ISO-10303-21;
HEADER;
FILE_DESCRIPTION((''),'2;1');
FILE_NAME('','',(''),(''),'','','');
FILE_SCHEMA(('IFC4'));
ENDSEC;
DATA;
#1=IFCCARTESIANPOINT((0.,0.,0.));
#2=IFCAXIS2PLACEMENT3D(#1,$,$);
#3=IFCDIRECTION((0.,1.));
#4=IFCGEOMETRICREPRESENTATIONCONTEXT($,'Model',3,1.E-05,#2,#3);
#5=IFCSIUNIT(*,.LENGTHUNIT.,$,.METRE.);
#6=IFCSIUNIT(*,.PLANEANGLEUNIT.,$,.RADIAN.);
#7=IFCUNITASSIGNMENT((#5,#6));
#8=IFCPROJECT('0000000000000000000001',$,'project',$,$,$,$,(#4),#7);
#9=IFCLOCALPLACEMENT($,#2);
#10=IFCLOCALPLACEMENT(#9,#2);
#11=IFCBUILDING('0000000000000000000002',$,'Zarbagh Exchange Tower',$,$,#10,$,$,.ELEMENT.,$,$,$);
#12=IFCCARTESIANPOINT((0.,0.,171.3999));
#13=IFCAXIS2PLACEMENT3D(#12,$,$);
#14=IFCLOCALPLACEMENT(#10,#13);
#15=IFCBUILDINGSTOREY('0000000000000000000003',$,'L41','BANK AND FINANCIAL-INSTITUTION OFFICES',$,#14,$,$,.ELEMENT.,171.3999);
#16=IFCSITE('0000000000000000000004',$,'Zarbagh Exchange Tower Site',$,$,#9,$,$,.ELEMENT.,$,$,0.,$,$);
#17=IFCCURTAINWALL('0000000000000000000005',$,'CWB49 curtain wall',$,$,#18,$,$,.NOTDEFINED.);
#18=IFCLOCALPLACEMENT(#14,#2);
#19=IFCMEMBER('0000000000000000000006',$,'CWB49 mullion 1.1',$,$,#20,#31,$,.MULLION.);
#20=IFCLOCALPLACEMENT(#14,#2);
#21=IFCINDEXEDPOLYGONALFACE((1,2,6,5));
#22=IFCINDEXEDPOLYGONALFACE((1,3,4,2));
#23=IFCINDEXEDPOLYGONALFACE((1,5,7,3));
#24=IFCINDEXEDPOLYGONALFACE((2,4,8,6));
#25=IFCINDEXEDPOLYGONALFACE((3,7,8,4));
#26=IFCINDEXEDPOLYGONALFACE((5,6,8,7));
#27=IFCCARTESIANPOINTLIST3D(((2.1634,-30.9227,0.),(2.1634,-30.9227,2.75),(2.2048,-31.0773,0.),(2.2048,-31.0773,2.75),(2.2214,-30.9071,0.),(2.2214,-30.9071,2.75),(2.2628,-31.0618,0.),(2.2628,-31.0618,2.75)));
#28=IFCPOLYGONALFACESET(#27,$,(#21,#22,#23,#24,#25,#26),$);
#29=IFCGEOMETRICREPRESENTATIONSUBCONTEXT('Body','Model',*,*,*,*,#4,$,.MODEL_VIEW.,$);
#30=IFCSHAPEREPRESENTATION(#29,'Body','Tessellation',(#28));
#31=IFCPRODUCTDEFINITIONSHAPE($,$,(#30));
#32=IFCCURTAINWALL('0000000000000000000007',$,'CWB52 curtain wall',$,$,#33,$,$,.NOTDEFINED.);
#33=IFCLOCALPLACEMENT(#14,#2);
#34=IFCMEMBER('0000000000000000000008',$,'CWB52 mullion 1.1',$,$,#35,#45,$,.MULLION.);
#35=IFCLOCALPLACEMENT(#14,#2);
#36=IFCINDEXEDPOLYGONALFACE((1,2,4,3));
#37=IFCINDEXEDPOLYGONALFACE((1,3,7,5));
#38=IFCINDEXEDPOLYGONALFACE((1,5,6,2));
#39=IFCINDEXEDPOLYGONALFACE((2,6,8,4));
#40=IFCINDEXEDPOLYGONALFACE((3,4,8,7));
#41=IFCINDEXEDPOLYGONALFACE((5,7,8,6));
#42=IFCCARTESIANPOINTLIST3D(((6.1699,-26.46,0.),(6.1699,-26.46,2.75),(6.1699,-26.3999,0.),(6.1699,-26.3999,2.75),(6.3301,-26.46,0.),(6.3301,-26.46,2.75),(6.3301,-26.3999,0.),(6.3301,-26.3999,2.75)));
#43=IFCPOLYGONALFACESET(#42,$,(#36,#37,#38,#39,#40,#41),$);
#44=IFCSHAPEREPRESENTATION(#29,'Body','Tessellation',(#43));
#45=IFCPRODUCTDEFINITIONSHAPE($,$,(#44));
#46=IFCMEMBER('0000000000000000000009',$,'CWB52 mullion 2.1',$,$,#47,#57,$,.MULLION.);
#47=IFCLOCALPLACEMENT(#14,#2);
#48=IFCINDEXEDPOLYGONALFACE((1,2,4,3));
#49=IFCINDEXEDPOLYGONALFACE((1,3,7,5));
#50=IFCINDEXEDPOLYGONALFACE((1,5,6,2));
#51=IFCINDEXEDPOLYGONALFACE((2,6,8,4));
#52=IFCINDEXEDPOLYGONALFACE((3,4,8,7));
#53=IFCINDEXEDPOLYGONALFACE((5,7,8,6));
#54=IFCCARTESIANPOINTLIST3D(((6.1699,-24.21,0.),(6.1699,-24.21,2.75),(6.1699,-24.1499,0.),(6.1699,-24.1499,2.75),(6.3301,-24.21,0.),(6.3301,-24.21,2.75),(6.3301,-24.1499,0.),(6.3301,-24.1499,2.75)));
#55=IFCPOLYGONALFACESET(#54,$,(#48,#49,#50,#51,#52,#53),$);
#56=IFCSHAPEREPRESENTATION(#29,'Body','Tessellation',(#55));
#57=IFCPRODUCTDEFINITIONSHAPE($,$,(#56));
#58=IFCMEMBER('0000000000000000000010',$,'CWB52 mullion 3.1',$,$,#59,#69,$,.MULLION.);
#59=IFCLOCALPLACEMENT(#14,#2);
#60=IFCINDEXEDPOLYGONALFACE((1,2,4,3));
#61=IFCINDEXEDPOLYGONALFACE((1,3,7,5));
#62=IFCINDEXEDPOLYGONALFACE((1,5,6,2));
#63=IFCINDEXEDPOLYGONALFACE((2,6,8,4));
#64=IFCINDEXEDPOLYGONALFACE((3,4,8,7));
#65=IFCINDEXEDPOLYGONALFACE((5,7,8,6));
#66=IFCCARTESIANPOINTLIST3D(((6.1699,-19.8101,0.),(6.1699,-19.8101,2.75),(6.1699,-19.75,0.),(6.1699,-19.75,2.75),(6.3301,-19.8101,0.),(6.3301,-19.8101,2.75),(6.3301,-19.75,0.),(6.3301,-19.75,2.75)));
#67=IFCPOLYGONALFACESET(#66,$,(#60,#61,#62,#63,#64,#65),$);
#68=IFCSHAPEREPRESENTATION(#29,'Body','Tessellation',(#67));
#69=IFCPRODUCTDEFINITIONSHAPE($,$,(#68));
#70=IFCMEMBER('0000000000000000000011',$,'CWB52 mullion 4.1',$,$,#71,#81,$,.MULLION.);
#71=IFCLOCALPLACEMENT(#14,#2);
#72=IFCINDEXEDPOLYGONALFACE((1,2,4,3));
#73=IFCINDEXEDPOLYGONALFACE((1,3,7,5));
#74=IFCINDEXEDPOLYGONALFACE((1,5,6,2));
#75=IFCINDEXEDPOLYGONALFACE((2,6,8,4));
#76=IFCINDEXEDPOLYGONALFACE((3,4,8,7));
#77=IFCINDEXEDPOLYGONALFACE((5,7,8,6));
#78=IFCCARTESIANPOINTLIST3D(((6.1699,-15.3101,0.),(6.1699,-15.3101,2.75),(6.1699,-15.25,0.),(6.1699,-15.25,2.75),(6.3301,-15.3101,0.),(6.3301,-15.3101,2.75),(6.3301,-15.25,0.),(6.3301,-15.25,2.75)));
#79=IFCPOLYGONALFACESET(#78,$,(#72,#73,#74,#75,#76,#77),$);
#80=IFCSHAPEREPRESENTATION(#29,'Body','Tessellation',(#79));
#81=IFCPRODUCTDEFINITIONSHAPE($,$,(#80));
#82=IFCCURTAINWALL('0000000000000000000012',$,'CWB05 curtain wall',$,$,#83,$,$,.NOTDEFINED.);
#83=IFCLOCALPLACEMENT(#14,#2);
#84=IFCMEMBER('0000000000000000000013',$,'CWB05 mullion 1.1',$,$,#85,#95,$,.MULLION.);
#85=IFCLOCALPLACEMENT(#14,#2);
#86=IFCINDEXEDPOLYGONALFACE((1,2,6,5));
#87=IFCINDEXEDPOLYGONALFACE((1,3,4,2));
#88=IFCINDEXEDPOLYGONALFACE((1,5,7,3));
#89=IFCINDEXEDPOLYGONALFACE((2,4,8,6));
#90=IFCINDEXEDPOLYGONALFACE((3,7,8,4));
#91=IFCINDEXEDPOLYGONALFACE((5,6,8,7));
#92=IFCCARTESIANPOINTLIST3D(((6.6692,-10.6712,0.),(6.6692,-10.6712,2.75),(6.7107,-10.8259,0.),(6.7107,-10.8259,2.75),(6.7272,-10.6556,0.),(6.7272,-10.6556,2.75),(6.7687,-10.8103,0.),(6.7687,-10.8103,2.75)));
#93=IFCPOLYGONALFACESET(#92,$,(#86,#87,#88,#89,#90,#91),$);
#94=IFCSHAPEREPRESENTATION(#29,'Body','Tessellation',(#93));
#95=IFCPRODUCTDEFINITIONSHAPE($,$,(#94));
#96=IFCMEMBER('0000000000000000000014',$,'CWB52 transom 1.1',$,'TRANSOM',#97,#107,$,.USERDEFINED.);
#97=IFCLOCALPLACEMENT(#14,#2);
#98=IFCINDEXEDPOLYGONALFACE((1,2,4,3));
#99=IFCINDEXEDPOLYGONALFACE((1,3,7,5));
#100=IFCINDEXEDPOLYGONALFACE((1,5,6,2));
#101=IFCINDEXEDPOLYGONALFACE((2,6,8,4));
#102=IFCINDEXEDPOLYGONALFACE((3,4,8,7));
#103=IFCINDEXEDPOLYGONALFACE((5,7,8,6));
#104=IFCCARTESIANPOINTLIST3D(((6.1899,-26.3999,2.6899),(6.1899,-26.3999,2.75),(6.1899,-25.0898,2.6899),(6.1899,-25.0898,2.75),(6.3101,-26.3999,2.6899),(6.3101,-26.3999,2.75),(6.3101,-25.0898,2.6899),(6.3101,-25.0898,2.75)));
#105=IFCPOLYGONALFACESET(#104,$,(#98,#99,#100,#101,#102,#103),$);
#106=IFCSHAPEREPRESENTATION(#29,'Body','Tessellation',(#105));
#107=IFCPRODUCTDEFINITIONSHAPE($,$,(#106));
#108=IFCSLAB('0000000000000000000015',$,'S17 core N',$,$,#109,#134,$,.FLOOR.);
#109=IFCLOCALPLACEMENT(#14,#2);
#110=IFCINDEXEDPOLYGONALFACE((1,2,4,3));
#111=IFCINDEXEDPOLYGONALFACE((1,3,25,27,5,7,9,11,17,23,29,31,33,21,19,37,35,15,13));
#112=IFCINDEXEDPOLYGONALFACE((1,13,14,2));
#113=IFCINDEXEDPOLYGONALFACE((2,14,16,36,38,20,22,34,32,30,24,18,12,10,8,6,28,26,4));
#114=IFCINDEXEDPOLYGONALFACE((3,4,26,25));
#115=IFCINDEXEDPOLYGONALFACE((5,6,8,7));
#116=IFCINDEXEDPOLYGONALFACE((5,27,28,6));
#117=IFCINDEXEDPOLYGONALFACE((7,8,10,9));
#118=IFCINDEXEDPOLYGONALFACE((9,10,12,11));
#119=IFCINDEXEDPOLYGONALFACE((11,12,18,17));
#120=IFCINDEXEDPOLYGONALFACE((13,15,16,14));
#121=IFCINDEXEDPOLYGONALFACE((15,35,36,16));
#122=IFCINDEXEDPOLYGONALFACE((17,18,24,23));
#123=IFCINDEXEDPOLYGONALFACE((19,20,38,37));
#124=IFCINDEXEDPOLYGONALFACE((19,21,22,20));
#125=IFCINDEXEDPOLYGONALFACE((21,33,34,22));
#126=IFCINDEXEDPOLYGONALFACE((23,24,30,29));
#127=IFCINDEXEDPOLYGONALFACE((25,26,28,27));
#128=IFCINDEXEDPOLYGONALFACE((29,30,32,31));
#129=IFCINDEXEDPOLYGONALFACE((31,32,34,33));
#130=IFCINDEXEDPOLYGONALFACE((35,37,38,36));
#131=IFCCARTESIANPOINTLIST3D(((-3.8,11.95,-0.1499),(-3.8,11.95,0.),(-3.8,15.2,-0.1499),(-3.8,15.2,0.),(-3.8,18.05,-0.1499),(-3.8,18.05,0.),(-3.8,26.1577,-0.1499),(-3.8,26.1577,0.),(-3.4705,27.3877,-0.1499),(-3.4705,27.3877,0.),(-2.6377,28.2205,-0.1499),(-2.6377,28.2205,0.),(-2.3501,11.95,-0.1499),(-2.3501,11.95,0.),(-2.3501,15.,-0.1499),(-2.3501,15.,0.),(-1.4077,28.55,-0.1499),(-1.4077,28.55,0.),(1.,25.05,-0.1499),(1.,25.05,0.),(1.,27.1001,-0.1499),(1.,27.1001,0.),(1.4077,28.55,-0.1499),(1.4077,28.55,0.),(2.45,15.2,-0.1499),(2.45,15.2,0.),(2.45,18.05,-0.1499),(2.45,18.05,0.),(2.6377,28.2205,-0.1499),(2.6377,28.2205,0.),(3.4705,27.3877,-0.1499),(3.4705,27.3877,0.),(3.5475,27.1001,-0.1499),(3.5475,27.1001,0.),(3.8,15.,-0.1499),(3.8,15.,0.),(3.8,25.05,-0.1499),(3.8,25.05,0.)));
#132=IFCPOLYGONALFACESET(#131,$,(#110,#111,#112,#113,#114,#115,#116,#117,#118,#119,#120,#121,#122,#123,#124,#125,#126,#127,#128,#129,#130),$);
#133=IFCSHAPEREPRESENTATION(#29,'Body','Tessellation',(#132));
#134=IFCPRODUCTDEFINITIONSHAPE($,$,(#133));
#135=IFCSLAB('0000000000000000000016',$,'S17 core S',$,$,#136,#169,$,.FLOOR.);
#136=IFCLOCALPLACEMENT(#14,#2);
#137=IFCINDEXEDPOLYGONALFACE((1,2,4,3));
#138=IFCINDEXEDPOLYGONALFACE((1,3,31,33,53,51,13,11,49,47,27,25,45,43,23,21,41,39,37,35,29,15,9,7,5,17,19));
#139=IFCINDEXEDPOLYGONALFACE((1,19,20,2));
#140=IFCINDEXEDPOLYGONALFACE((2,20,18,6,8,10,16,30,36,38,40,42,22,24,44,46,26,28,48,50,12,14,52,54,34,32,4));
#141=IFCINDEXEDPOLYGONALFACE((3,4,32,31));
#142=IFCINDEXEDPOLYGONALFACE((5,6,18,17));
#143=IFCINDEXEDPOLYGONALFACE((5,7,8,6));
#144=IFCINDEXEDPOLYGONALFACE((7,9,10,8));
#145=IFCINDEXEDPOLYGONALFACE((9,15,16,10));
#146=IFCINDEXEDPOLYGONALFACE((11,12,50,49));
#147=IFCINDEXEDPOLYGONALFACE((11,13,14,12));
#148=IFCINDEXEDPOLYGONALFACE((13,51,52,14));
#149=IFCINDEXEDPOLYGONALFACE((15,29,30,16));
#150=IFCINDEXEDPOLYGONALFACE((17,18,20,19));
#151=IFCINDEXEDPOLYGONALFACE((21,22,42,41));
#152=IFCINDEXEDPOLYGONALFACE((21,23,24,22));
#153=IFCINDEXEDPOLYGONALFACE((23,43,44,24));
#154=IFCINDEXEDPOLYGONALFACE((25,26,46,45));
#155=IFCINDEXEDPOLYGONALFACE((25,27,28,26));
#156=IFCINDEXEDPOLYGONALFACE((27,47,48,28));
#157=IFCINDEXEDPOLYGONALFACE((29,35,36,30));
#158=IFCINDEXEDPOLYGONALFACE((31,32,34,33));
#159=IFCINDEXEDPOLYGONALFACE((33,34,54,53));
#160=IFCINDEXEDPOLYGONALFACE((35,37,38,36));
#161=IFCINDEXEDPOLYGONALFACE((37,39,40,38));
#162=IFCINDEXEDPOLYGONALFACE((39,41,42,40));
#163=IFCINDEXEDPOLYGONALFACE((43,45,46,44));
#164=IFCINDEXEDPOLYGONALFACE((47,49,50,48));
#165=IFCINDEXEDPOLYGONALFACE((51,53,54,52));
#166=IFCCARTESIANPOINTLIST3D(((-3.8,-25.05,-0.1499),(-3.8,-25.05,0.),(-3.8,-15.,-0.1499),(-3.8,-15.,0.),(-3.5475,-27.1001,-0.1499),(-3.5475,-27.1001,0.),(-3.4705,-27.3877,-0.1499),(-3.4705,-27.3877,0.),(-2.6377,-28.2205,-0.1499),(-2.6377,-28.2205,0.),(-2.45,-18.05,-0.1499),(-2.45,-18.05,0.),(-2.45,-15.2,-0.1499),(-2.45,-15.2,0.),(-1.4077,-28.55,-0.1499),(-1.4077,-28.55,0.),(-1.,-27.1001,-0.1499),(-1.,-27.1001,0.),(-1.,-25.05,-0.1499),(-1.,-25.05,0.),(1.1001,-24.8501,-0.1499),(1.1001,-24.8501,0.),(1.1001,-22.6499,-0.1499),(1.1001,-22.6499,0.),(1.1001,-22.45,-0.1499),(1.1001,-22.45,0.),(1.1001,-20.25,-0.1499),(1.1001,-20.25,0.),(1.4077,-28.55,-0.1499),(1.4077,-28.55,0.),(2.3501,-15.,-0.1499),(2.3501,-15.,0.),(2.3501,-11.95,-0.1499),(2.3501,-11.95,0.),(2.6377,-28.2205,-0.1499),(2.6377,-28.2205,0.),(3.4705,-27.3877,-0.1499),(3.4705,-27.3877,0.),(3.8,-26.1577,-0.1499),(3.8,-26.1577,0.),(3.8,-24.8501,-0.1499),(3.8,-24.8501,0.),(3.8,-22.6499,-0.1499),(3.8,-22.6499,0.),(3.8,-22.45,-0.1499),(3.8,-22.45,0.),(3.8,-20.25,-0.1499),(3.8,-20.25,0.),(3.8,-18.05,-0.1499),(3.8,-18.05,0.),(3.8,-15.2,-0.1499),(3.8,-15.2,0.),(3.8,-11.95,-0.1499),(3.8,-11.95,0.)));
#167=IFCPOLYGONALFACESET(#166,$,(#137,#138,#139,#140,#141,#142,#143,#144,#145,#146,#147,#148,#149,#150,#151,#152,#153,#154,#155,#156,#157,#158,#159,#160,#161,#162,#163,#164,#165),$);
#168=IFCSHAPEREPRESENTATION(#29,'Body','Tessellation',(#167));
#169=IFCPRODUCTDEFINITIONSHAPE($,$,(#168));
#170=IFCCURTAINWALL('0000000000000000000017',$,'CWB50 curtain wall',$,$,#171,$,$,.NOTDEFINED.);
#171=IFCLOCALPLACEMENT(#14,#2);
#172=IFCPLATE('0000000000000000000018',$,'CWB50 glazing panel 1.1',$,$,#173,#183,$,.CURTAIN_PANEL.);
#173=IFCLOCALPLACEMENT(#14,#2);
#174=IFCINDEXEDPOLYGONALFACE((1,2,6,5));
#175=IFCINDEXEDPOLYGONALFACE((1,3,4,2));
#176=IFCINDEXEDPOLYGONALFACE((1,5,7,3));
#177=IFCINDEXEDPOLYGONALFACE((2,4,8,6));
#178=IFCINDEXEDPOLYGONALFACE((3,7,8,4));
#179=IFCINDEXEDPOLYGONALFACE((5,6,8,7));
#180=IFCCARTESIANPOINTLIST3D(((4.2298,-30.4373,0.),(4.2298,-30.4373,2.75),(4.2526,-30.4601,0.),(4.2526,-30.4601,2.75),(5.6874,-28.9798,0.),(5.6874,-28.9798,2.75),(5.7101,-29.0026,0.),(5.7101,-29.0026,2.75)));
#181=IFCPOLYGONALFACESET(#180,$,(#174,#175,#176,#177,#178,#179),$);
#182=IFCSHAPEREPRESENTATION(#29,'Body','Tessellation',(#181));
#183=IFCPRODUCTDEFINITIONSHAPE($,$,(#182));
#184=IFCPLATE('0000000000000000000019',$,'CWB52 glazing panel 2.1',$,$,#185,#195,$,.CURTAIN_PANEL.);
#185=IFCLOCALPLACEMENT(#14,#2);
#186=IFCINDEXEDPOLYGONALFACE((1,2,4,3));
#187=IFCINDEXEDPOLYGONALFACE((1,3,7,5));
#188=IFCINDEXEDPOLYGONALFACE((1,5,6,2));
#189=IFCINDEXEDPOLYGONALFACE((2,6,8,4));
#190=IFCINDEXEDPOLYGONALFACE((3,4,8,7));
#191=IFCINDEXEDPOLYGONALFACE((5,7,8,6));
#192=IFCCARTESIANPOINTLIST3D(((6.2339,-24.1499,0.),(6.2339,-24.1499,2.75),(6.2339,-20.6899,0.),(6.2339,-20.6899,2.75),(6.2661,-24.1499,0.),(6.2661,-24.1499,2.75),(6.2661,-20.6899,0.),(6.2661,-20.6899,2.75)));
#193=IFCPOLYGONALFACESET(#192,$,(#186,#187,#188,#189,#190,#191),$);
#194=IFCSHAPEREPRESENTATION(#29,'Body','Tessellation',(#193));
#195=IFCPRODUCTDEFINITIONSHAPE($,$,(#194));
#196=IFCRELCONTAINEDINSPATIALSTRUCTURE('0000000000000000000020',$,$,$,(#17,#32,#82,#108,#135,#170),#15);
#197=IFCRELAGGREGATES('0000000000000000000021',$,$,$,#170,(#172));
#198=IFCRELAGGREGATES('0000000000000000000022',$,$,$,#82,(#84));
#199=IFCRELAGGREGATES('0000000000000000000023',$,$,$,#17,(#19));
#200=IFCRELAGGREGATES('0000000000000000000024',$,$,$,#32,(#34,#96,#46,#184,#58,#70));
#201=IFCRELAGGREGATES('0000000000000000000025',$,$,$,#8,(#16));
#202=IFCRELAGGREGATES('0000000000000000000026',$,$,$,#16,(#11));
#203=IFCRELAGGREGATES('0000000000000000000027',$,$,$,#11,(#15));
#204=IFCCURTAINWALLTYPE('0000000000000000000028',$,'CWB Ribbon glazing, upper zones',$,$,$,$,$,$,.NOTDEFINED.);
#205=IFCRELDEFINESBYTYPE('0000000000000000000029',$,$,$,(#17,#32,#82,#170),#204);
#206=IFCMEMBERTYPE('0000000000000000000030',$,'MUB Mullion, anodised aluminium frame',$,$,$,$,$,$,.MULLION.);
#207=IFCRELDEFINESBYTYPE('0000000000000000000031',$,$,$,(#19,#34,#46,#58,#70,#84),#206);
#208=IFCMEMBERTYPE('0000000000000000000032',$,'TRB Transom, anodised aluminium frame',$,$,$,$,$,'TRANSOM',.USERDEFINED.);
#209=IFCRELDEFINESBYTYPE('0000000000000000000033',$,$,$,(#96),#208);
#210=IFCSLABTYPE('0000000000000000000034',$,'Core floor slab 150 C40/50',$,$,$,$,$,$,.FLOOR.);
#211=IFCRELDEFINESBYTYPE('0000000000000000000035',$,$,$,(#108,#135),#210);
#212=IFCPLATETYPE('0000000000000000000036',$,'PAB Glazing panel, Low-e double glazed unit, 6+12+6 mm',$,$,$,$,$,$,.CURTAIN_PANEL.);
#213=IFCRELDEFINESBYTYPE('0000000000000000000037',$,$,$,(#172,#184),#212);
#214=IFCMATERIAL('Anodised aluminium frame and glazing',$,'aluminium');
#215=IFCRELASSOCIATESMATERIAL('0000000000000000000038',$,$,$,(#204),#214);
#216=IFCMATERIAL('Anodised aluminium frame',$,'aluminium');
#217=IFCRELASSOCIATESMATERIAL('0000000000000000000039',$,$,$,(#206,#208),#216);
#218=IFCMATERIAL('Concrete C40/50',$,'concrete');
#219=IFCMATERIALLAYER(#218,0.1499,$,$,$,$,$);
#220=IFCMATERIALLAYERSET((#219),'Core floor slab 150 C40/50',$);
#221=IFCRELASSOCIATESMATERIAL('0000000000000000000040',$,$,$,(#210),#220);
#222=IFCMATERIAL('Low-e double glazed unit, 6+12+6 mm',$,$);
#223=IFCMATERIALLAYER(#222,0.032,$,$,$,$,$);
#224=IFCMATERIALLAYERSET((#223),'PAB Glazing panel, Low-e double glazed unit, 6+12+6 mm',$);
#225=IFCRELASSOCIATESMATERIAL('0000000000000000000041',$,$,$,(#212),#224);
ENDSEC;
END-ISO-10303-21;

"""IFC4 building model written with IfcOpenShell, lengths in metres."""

from ifc_helpers import new_model, si_unit, direction, frame, origin, place, context, subcontext, project, spatial, polyline, outline, extrude, source, transform, mapped, material, layer, layer_set, type_object, element, aggregate, save


model = new_model("IFC4")

# Units and contexts
model_context = context("Model", 3, precision=1e-05, world=origin(), true_north=direction((0.0, 1.0)))
body_context = subcontext(model_context, "Body", "Model", "MODEL_VIEW")
ifc_project = project(units=[si_unit("LENGTHUNIT", "METRE"), si_unit("PLANEANGLEUNIT", "RADIAN")], contexts=[model_context])

# Site, building, storey
site_placement = place(None, origin())
site = spatial("IfcSite", under=ifc_project, at=site_placement, Name="Zarbagh Exchange Tower Site", CompositionType="ELEMENT", RefElevation=0.0)
building_placement = place(site_placement, origin())
building = spatial("IfcBuilding", under=site, at=building_placement, Name="Zarbagh Exchange Tower", CompositionType="ELEMENT")
storey_placement = place(building_placement, frame((0.0, 0.0, 171.3999)))
storey = spatial("IfcBuildingStorey", under=building, at=storey_placement, Name="L41", Description="BANK AND FINANCIAL-INSTITUTION OFFICES", CompositionType="ELEMENT", Elevation=171.3999)

# Curtain wall, member
ifc_material_1 = material(Name="Anodised aluminium frame and glazing", Category="aluminium")
curtain_wall_type = type_object("IfcCurtainWallType", Name="CWB Ribbon glazing, upper zones", PredefinedType="NOTDEFINED", material=ifc_material_1)
curtain_wall_1_placement = place(storey_placement, origin())
curtain_wall_1 = element("IfcCurtainWall", 1, at=curtain_wall_1_placement, inside=storey, type_object=curtain_wall_type, Name="CWB49 curtain wall", PredefinedType="NOTDEFINED")
ifc_material_2 = material(Name="Anodised aluminium frame", Category="aluminium")
member_type_1 = type_object("IfcMemberType", Name="MUB Mullion, anodised aluminium frame", PredefinedType="MULLION", material=ifc_material_2)
shared_shape_1 = source(origin(), body_context, "Body", "SweptSolid", [
    extrude(outline(polyline([(0.0, -0.0801), (0.0601, -0.0801), (0.0601, 0.0801), (0.0, 0.0801), (0.0, -0.0801)])), origin(), (0.0, 0.0, 1.0), 2.75),
])
placement = place(storey_placement, origin())
member_1 = element("IfcMember", 2, at=placement, type_object=member_type_1, Name="CWB49 mullion 1.1", PredefinedType="MULLION", context=body_context, shape_type="MappedRepresentation", body=[
    mapped(shared_shape_1, transform((2.1841, -31.0, 0.0), x_axis=(0.965924, 0.258825, 0.0), y_axis=(-0.258825, 0.965924, 0.0), z_axis=(0.0, 0.0, 1.0))),
])

# Curtain wall, members
curtain_wall_2_placement = place(storey_placement, origin())
curtain_wall_2 = element("IfcCurtainWall", 3, at=curtain_wall_2_placement, inside=storey, type_object=curtain_wall_type, Name="CWB52 curtain wall", PredefinedType="NOTDEFINED")
member_2 = element("IfcMember", 4, at=placement, type_object=member_type_1, Name="CWB52 mullion 1.1", PredefinedType="MULLION", context=body_context, shape_type="MappedRepresentation", body=[
    mapped(shared_shape_1, transform((6.25, -26.46, 0.0), x_axis=(0.0, 1.0, 0.0), y_axis=(-1.0, 0.0, 0.0), z_axis=(0.0, 0.0, 1.0))),
])
member_3 = element("IfcMember", 5, at=placement, type_object=member_type_1, Name="CWB52 mullion 2.1", PredefinedType="MULLION", context=body_context, shape_type="MappedRepresentation", body=[
    mapped(shared_shape_1, transform((6.25, -24.21, 0.0), x_axis=(0.0, 1.0, 0.0), y_axis=(-1.0, 0.0, 0.0), z_axis=(0.0, 0.0, 1.0))),
])
member_4 = element("IfcMember", 6, at=placement, type_object=member_type_1, Name="CWB52 mullion 3.1", PredefinedType="MULLION", context=body_context, shape_type="MappedRepresentation", body=[
    mapped(shared_shape_1, transform((6.25, -19.8101, 0.0), x_axis=(0.0, 1.0, 0.0), y_axis=(-1.0, 0.0, 0.0), z_axis=(0.0, 0.0, 1.0))),
])
member_5 = element("IfcMember", 7, at=placement, type_object=member_type_1, Name="CWB52 mullion 4.1", PredefinedType="MULLION", context=body_context, shape_type="MappedRepresentation", body=[
    mapped(shared_shape_1, transform((6.25, -15.3101, 0.0), x_axis=(0.0, 1.0, 0.0), y_axis=(-1.0, 0.0, 0.0), z_axis=(0.0, 0.0, 1.0))),
])

# Curtain wall, member
curtain_wall_3_placement = place(storey_placement, origin())
curtain_wall_3 = element("IfcCurtainWall", 8, at=curtain_wall_3_placement, inside=storey, type_object=curtain_wall_type, Name="CWB05 curtain wall", PredefinedType="NOTDEFINED")
member_6 = element("IfcMember", 9, at=placement, type_object=member_type_1, Name="CWB05 mullion 1.1", PredefinedType="MULLION", context=body_context, shape_type="MappedRepresentation", body=[
    mapped(shared_shape_1, transform((6.6899, -10.7485, 0.0), x_axis=(0.965924, 0.258825, 0.0), y_axis=(-0.258825, 0.965924, 0.0), z_axis=(0.0, 0.0, 1.0))),
])

# Member
member_type_2 = type_object("IfcMemberType", Name="TRB Transom, anodised aluminium frame", ElementType="TRANSOM", PredefinedType="USERDEFINED", material=ifc_material_2)
shared_shape_2 = source(origin(), body_context, "Body", "SweptSolid", [
    extrude(outline(polyline([(-0.0601, -0.0601), (0.0, -0.0601), (0.0, 0.0601), (-0.0601, 0.0601), (-0.0601, -0.0601)])), origin(), (0.0, 0.0, 1.0), 1.3101),
])
member_7 = element("IfcMember", 10, at=placement, type_object=member_type_2, Name="CWB52 transom 1.1", ObjectType="TRANSOM", PredefinedType="USERDEFINED", context=body_context, shape_type="MappedRepresentation", body=[
    mapped(shared_shape_2, transform((6.25, -26.3999, 2.75), x_axis=(0.0, 0.0, 1.0), y_axis=(1.0, 0.0, 0.0), z_axis=(0.0, 1.0, 0.0))),
])

# Slabs
ifc_material_3 = material(Name="Concrete C40/50", Category="concrete")
ifc_layer_1 = layer(ifc_material_3, 0.1499)
ifc_layer_set_1 = layer_set([ifc_layer_1], Name="Core floor slab 150 C40/50")
slab_type = type_object("IfcSlabType", Name="Core floor slab 150 C40/50", PredefinedType="FLOOR", material=ifc_layer_set_1)
slab_1_placement = place(storey_placement, frame((0.0, 0.0, -0.1499)))
element("IfcSlab", 11, at=slab_1_placement, inside=storey, type_object=slab_type, Name="S17 core N", PredefinedType="FLOOR", context=body_context, shape_type="SweptSolid", body=[
    extrude(outline(polyline([(-3.8, 11.95), (-3.8, 15.2), (2.45, 15.2), (2.45, 18.05), (-3.8, 18.05), (-3.8, 26.1577), (-3.4705, 27.3877), (-2.6377, 28.2205), (-1.4077, 28.55), (1.4077, 28.55), (2.6377, 28.2205), (3.4705, 27.3877), (3.8, 26.1577), (3.8, 26.1577), (3.5476, 27.1001), (1.0, 27.1001), (1.0, 25.05), (3.8, 25.05), (3.8, 15.0), (-2.3501, 15.0), (-2.3501, 11.95), (-3.8, 11.95)])), origin(), (0.0, 0.0, 1.0), 0.1499),
])
slab_2_placement = place(storey_placement, frame((0.0, 0.0, -0.1499)))
element("IfcSlab", 12, at=slab_2_placement, inside=storey, type_object=slab_type, Name="S17 core S", PredefinedType="FLOOR", context=body_context, shape_type="SweptSolid", body=[
    extrude(outline(polyline([(-2.6377, -28.2205), (-3.4705, -27.3877), (-3.8, -26.1577), (-3.8, -26.1577), (-3.5476, -27.1001), (-1.0, -27.1001), (-1.0, -25.05), (-3.8, -25.05), (-3.8, -15.0), (2.3501, -15.0), (2.3501, -11.95), (3.8, -11.95), (3.8, -15.2), (-2.45, -15.2), (-2.45, -18.05), (3.8, -18.05), (3.8, -20.25), (1.1001, -20.25), (1.1001, -22.45), (3.8, -22.45), (3.8, -22.6499), (1.1001, -22.6499), (1.1001, -24.8501), (3.8, -24.8501), (3.8, -26.1577), (3.4705, -27.3877), (2.6377, -28.2205), (1.4077, -28.55), (-1.4077, -28.55), (-2.6377, -28.2205)])), origin(), (0.0, 0.0, 1.0), 0.1499),
])

# Curtain wall, plate
curtain_wall_4_placement = place(storey_placement, origin())
curtain_wall_4 = element("IfcCurtainWall", 13, at=curtain_wall_4_placement, inside=storey, type_object=curtain_wall_type, Name="CWB50 curtain wall", PredefinedType="NOTDEFINED")
ifc_material_4 = material(Name="Low-e double glazed unit, 6+12+6 mm")
ifc_layer_2 = layer(ifc_material_4, 0.032)
ifc_layer_set_2 = layer_set([ifc_layer_2], Name="PAB Glazing panel, Low-e double glazed unit, 6+12+6 mm")
plate_type = type_object("IfcPlateType", Name="PAB Glazing panel, Low-e double glazed unit, 6+12+6 mm", PredefinedType="CURTAIN_PANEL", material=ifc_layer_set_2)
shared_shape_3 = source(origin(), body_context, "Body", "SweptSolid", [
    extrude(outline(polyline([(0.0, -0.0161), (2.0613, -0.0161), (2.0613, 0.0161), (0.0, 0.0161), (0.0, -0.0161)])), origin(), (0.0, 0.0, 1.0), 2.75),
])
plate_1 = element("IfcPlate", 14, at=placement, type_object=plate_type, Name="CWB50 glazing panel 1.1", PredefinedType="CURTAIN_PANEL", context=body_context, shape_type="MappedRepresentation", body=[
    mapped(shared_shape_3, transform((4.2412, -30.4487, 0.0), x_axis=(0.707107, 0.707107, 0.0), y_axis=(-0.707107, 0.707107, 0.0), z_axis=(0.0, 0.0, 1.0))),
])
aggregate(curtain_wall_4, [plate_1])

# Plate
shared_shape_4 = source(origin(), body_context, "Body", "SweptSolid", [
    extrude(outline(polyline([(0.0, -0.0161), (3.46, -0.0161), (3.46, 0.0161), (0.0, 0.0161), (0.0, -0.0161)])), origin(), (0.0, 0.0, 1.0), 2.75),
])
plate_2 = element("IfcPlate", 15, at=placement, type_object=plate_type, Name="CWB52 glazing panel 2.1", PredefinedType="CURTAIN_PANEL", context=body_context, shape_type="MappedRepresentation", body=[
    mapped(shared_shape_4, transform((6.25, -24.1499, 0.0), x_axis=(0.0, 1.0, 0.0), y_axis=(-1.0, 0.0, 0.0), z_axis=(0.0, 0.0, 1.0))),
])
aggregate(curtain_wall_3, [member_6])
aggregate(curtain_wall_1, [member_1])

aggregate(curtain_wall_2, [member_2, member_7, member_3, plate_2, member_4, member_5])

save(model, "model.ifc")
